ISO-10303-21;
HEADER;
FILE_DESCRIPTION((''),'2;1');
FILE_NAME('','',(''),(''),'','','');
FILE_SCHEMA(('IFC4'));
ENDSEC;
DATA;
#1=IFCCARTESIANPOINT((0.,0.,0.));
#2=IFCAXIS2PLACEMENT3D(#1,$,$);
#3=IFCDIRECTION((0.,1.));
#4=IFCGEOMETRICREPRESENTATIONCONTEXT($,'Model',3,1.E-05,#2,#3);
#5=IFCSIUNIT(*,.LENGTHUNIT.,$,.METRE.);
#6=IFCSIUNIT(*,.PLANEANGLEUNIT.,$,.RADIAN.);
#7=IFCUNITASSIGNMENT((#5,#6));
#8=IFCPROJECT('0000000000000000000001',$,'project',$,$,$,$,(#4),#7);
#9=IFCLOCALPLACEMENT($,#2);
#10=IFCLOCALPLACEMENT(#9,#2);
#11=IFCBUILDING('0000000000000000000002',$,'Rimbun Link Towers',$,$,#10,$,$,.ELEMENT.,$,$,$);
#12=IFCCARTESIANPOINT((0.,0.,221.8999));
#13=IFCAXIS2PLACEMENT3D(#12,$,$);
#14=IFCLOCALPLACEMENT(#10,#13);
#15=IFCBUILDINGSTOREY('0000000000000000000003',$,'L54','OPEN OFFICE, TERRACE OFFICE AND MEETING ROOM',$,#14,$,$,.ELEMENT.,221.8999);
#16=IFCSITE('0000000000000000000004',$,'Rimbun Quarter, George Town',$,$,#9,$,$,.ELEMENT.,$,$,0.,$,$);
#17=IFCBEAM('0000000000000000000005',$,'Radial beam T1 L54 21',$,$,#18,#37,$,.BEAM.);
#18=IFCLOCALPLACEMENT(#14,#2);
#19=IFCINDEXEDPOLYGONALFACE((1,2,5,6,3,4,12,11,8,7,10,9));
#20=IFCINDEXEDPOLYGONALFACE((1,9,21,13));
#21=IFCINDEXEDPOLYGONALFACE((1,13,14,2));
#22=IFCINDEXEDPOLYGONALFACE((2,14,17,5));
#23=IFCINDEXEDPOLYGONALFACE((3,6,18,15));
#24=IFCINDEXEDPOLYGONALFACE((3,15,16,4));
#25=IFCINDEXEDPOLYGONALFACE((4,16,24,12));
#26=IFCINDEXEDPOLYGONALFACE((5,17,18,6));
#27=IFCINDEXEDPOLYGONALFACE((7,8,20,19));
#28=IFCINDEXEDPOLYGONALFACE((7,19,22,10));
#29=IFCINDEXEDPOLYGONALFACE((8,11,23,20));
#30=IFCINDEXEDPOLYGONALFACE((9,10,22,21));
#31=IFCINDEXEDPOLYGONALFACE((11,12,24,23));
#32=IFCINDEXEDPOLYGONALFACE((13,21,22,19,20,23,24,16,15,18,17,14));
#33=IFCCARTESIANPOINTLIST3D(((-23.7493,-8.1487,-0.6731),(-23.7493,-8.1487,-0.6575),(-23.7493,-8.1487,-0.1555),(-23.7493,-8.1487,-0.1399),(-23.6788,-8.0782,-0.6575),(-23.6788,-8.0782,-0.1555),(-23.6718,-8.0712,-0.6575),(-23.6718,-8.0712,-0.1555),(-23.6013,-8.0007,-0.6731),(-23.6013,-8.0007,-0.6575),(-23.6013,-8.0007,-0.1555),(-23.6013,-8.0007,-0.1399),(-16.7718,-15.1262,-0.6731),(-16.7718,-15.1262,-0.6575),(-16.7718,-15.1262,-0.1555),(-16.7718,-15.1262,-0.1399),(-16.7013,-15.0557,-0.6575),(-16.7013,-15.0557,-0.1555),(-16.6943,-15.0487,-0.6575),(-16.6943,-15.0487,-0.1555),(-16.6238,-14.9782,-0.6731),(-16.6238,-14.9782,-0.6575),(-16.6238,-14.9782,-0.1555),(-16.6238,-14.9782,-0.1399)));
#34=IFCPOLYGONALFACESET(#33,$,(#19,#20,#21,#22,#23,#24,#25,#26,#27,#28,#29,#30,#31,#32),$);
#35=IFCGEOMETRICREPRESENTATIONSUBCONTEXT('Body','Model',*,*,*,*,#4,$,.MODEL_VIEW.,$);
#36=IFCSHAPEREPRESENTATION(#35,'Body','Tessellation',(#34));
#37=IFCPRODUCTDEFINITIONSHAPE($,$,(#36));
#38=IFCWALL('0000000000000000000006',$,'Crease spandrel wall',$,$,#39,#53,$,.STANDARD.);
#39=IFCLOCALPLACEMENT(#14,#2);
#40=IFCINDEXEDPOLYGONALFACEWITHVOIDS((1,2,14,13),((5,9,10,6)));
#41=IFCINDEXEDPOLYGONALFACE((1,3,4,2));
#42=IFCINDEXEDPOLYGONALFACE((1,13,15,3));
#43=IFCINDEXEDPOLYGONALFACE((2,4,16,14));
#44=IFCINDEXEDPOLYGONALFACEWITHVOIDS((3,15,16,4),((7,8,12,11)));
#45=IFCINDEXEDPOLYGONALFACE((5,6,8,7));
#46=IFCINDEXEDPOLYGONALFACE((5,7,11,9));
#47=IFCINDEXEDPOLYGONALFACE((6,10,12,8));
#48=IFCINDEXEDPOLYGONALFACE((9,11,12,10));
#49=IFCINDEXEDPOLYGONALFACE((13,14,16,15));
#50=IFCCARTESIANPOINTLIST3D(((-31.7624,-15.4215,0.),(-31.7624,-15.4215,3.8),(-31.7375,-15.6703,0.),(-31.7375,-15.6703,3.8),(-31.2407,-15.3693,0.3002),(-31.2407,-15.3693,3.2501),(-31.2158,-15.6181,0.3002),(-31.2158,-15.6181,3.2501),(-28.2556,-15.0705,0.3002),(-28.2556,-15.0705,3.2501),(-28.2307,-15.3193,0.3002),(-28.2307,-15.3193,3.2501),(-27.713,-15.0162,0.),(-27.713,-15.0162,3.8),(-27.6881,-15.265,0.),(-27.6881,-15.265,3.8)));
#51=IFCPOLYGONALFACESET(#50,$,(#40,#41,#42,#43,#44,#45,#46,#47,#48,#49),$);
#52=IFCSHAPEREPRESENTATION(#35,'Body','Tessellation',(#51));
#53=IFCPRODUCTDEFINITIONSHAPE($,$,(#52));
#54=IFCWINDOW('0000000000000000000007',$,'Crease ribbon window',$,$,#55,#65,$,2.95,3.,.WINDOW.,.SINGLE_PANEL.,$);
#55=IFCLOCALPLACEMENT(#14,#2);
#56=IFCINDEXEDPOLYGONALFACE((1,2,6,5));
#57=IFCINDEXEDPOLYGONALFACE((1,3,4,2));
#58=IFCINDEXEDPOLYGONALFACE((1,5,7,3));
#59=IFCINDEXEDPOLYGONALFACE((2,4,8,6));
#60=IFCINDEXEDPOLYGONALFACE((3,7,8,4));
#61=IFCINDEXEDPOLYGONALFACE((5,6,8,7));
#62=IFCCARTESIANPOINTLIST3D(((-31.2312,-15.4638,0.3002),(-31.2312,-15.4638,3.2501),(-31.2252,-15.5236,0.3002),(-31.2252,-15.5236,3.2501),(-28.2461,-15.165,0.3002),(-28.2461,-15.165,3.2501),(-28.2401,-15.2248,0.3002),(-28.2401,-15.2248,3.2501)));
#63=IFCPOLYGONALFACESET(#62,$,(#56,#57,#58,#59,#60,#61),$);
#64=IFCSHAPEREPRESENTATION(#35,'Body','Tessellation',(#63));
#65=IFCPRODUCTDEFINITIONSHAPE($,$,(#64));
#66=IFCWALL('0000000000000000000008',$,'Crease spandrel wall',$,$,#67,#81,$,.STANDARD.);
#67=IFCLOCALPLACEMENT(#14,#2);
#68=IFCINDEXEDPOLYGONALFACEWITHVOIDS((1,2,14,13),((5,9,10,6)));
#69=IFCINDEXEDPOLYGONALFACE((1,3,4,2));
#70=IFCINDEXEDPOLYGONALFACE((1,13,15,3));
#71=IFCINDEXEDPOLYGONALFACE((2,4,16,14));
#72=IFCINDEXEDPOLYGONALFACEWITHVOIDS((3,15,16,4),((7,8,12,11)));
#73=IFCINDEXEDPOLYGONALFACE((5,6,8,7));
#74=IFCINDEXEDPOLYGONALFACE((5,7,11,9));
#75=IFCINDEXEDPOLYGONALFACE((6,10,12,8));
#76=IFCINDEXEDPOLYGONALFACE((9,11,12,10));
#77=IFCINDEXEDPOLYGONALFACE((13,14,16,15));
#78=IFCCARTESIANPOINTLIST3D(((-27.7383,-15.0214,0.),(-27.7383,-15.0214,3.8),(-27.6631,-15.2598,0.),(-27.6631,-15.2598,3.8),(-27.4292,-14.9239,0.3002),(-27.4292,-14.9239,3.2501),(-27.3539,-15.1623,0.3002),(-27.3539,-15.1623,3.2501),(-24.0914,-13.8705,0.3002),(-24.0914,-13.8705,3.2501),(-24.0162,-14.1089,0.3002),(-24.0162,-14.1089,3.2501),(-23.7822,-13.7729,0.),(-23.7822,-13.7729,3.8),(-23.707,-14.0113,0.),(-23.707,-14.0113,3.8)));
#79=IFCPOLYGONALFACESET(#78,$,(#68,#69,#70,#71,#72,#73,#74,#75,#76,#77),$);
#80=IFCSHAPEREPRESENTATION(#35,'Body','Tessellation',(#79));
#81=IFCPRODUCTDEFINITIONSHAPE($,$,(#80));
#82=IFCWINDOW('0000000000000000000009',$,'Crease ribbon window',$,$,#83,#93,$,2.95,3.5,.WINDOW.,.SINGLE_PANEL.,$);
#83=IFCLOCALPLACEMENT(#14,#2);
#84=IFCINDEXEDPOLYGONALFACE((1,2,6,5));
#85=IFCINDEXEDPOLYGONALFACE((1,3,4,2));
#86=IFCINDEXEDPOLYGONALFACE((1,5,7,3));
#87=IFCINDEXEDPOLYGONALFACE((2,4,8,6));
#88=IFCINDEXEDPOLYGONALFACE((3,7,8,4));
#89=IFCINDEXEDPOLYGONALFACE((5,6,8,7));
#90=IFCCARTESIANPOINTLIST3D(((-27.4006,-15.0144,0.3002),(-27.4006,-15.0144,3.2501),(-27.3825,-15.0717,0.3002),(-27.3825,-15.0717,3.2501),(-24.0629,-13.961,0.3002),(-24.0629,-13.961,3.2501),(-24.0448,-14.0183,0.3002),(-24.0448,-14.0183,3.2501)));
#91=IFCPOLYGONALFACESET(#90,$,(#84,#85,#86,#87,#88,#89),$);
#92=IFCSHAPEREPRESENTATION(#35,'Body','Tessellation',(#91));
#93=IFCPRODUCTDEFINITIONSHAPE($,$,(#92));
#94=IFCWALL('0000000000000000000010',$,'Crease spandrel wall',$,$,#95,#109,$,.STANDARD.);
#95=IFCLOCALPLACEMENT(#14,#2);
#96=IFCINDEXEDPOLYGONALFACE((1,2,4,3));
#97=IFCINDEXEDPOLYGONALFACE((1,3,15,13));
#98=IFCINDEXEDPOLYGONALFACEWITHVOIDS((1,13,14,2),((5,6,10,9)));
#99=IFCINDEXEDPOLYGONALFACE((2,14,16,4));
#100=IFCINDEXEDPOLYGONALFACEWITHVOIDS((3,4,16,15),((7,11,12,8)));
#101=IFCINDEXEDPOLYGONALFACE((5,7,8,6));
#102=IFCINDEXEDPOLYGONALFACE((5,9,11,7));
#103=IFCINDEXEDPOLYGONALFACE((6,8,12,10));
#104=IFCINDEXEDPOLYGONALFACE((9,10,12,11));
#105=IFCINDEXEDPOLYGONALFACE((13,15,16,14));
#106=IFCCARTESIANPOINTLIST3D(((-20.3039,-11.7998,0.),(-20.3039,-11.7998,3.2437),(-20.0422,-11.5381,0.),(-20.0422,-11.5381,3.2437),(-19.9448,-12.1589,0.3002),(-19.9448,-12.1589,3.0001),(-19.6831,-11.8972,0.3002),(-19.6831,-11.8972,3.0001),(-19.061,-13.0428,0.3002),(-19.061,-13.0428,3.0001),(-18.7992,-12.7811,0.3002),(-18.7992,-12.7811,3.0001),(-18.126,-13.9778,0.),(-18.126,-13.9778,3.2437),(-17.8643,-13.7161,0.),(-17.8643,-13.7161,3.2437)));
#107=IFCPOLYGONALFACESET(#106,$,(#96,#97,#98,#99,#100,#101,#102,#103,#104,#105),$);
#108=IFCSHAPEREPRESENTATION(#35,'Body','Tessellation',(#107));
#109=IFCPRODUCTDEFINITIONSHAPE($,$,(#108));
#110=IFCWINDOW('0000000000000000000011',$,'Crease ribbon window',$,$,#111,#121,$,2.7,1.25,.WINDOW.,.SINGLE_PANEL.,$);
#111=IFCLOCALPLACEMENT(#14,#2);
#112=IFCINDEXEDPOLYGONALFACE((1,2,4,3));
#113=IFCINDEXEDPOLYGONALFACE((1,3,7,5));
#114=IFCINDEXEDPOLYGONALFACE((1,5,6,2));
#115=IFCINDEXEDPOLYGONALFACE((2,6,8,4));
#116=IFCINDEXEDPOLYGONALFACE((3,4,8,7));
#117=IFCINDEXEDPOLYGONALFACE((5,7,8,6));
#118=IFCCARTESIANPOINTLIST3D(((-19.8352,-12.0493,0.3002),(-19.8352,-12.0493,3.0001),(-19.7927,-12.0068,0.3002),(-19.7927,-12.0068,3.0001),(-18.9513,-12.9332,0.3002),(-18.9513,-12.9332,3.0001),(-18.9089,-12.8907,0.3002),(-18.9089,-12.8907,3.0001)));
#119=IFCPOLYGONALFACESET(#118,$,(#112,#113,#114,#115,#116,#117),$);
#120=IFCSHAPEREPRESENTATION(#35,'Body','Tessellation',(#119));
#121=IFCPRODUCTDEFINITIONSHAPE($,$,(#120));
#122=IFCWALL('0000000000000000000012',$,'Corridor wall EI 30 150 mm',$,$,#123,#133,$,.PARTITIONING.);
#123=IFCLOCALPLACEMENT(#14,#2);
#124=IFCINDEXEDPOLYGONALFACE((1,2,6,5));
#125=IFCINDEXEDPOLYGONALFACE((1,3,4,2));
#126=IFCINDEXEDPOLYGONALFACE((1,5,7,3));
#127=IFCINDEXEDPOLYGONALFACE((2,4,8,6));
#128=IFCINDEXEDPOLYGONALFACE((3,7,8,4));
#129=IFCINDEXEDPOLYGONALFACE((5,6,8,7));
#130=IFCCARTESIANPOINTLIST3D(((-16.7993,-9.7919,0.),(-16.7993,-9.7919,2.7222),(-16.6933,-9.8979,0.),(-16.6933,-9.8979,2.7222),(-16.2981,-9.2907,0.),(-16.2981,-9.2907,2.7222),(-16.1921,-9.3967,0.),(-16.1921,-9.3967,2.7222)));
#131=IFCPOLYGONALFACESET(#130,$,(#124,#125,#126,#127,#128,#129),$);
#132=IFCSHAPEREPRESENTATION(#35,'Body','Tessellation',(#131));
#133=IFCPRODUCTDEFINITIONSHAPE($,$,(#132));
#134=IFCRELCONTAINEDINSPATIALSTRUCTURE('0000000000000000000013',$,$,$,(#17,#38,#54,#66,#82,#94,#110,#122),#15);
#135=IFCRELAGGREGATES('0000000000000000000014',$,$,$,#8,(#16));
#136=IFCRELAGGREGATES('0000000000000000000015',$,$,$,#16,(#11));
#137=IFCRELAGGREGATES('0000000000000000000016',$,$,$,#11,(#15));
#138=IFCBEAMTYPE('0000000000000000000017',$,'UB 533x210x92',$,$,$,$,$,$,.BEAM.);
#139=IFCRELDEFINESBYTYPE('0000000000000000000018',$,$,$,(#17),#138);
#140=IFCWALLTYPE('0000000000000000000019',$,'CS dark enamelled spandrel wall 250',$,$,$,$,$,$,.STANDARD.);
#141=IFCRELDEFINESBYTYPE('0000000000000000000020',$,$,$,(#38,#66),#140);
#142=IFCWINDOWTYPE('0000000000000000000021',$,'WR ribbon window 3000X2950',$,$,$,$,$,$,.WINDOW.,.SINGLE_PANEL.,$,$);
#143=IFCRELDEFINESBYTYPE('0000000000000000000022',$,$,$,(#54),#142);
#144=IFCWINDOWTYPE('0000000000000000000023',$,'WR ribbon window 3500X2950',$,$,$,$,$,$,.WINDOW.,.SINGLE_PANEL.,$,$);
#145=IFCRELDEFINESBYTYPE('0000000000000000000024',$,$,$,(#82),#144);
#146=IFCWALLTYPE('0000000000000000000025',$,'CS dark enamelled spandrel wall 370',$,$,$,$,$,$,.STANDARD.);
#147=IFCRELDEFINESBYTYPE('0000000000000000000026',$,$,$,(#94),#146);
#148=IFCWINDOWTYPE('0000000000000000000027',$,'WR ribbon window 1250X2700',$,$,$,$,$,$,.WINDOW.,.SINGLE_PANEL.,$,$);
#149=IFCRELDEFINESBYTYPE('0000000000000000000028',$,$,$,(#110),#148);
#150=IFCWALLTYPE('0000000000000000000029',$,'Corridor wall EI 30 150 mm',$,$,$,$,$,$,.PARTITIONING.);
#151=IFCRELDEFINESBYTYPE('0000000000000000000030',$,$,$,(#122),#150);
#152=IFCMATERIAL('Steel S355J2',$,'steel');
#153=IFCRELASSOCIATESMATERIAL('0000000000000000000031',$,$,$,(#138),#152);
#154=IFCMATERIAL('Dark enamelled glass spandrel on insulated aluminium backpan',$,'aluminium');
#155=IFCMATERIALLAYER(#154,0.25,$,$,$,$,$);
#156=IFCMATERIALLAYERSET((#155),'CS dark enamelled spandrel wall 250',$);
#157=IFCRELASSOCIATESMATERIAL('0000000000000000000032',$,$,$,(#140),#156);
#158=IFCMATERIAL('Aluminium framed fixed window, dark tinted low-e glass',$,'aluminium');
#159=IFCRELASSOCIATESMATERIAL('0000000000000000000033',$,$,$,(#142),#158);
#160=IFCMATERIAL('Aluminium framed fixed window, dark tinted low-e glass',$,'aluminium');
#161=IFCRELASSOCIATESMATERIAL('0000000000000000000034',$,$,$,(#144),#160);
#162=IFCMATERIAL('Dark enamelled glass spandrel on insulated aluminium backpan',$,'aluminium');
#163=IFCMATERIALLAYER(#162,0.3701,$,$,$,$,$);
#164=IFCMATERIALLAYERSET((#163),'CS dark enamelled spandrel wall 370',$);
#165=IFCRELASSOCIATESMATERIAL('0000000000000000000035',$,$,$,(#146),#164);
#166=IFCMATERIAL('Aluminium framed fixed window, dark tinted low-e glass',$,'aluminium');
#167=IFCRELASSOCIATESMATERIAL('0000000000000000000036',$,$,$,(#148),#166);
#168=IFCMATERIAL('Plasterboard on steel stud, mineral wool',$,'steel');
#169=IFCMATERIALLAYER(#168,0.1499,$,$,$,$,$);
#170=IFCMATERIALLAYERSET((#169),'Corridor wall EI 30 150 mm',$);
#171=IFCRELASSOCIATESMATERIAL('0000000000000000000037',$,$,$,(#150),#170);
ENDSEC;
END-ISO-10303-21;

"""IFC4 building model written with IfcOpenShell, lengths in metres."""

from ifc_helpers import new_model, si_unit, direction, frame, frame_2d, origin, origin_2d, place, context, subcontext, project, spatial, rectangle, i_section, extrude, material, layer, layer_set, material_profile, profile_set, type_object, element, fill, save


model = new_model("IFC4")

# Units and contexts
model_context = context("Model", 3, precision=1e-05, world=origin(), true_north=direction((0.0, 1.0)))
body_context = subcontext(model_context, "Body", "Model", "MODEL_VIEW")
ifc_project = project(units=[si_unit("LENGTHUNIT", "METRE"), si_unit("PLANEANGLEUNIT", "RADIAN")], contexts=[model_context])

# Site, building, storey
site_placement = place(None, origin())
site = spatial("IfcSite", under=ifc_project, at=site_placement, Name="Rimbun Quarter, George Town", CompositionType="ELEMENT", RefElevation=0.0)
building_placement = place(site_placement, origin())
building = spatial("IfcBuilding", under=site, at=building_placement, Name="Rimbun Link Towers", CompositionType="ELEMENT")
storey_placement = place(building_placement, frame((0.0, 0.0, 221.8999)))
storey = spatial("IfcBuildingStorey", under=building, at=storey_placement, Name="L54", Description="OPEN OFFICE, TERRACE OFFICE AND MEETING ROOM", CompositionType="ELEMENT", Elevation=221.8999)

# Beam
ifc_material_1 = material(Name="Steel S355J2", Category="steel")
ifc_material_profile_1 = material_profile(ifc_material_1, i_section(OverallWidth=0.2092, OverallDepth=0.5332, WebThickness=0.01, FlangeThickness=0.0156, at=origin_2d()), Name="UB 533x210x92")
ifc_profile_set_1 = profile_set([ifc_material_profile_1], Name="Steel S355J2")
beam_type_1 = type_object("IfcBeamType", Name="UB 533x210x92", PredefinedType="BEAM", material=ifc_profile_set_1)
beam_1_placement = place(storey_placement, frame((-23.6753, -8.0747, -0.4065), z_axis=(0.707107, -0.707107, 0.0), x_axis=(0.707107, 0.707107, 0.0)))
element("IfcBeam", 1, at=beam_1_placement, inside=storey, type_object=beam_type_1, Name="Radial beam T1 L54 21", PredefinedType="BEAM", context=body_context, shape_type="SweptSolid", body=[
    extrude(i_section(OverallWidth=0.2092, OverallDepth=0.5332, WebThickness=0.01, FlangeThickness=0.0156, at=origin_2d()), origin(), (0.0, 0.0, 1.0), 9.8677),
])

# Walls, openings, windows
ifc_material_2 = material(Name="Dark enamelled glass spandrel on insulated aluminium backpan", Category="aluminium")
ifc_layer_1 = layer(ifc_material_2, 0.25)
ifc_layer_set_1 = layer_set([ifc_layer_1], Name="CS dark enamelled spandrel wall 250")
wall_type_1 = type_object("IfcWallType", Name="CS dark enamelled spandrel wall 250", PredefinedType="STANDARD", material=ifc_layer_set_1)
wall_1_placement = place(storey_placement, frame((-27.7007, -15.1406, 0.0), z_axis=(0.0, 0.0, 1.0), x_axis=(-0.995029, -0.099587, 0.0)))
wall_1 = element("IfcWall", 2, at=wall_1_placement, inside=storey, type_object=wall_type_1, Name="Crease spandrel wall", PredefinedType="STANDARD", context=body_context, shape_type="SweptSolid", body=[
    extrude(rectangle(XDim=4.0696, YDim=0.25, at=frame_2d((2.0347, 0.0))), origin(), (0.0, 0.0, 1.0), 3.8),
])
opening_1_placement = place(wall_1_placement, frame((0.5452, 0.0, 0.3)))
opening_1 = element("IfcOpeningElement", 3, at=opening_1_placement, cuts=wall_1, PredefinedType="OPENING", context=body_context, shape_type="SweptSolid", body=[
    extrude(rectangle(XDim=3.0, YDim=2.95, at=frame_2d((1.5, 1.4751))), frame((0.0, 0.135, 0.0), z_axis=(0.0, -1.0, 0.0), x_axis=(1.0, 0.0, 0.0)), (0.0, 0.0, 1.0), 0.27),
])
ifc_material_3 = material(Name="Aluminium framed fixed window, dark tinted low-e glass", Category="aluminium")
window_type_1 = type_object("IfcWindowType", Name="WR ribbon window 3000X2950", PartitioningType="SINGLE_PANEL", PredefinedType="WINDOW", material=ifc_material_3)
window_1_placement = place(opening_1_placement, origin())
window_1 = element("IfcWindow", 4, at=window_1_placement, inside=storey, type_object=window_type_1, Name="Crease ribbon window", OverallHeight=2.95, OverallWidth=3.0, PartitioningType="SINGLE_PANEL", PredefinedType="WINDOW", context=body_context, shape_type="SweptSolid", body=[
    extrude(rectangle(XDim=3.0, YDim=2.95, at=frame_2d((1.5, 1.4751))), frame((0.0, 0.03, 0.0), z_axis=(0.0, -1.0, 0.0), x_axis=(1.0, 0.0, 0.0)), (0.0, 0.0, 1.0), 0.0601),
])
fill(opening_1, window_1)
wall_2_placement = place(storey_placement, frame((-23.7446, -13.8921, 0.0), z_axis=(0.0, 0.0, 1.0), x_axis=(-0.953634, -0.300968, 0.0)))
wall_2 = element("IfcWall", 5, at=wall_2_placement, inside=storey, type_object=wall_type_1, Name="Crease spandrel wall", PredefinedType="STANDARD", context=body_context, shape_type="SweptSolid", body=[
    extrude(rectangle(XDim=4.1484, YDim=0.25, at=frame_2d((2.0742, 0.0))), origin(), (0.0, 0.0, 1.0), 3.8),
])
opening_2_placement = place(wall_2_placement, frame((0.3242, 0.0, 0.3)))
opening_2 = element("IfcOpeningElement", 6, at=opening_2_placement, cuts=wall_2, PredefinedType="OPENING", context=body_context, shape_type="SweptSolid", body=[
    extrude(rectangle(XDim=3.5, YDim=2.95, at=frame_2d((1.75, 1.4751))), frame((0.0, 0.135, 0.0), z_axis=(0.0, -1.0, 0.0), x_axis=(1.0, 0.0, 0.0)), (0.0, 0.0, 1.0), 0.27),
])
ifc_material_4 = material(Name="Aluminium framed fixed window, dark tinted low-e glass", Category="aluminium")
window_type_2 = type_object("IfcWindowType", Name="WR ribbon window 3500X2950", PartitioningType="SINGLE_PANEL", PredefinedType="WINDOW", material=ifc_material_4)
window_2_placement = place(opening_2_placement, origin())
window_2 = element("IfcWindow", 7, at=window_2_placement, inside=storey, type_object=window_type_2, Name="Crease ribbon window", OverallHeight=2.95, OverallWidth=3.5, PartitioningType="SINGLE_PANEL", PredefinedType="WINDOW", context=body_context, shape_type="SweptSolid", body=[
    extrude(rectangle(XDim=3.5, YDim=2.95, at=frame_2d((1.75, 1.4751))), frame((0.0, 0.03, 0.0), z_axis=(0.0, -1.0, 0.0), x_axis=(1.0, 0.0, 0.0)), (0.0, 0.0, 1.0), 0.0601),
])
fill(opening_2, window_2)

# Wall, opening, window
ifc_material_5 = material(Name="Dark enamelled glass spandrel on insulated aluminium backpan", Category="aluminium")
ifc_layer_2 = layer(ifc_material_5, 0.3701)
ifc_layer_set_2 = layer_set([ifc_layer_2], Name="CS dark enamelled spandrel wall 370")
wall_type_2 = type_object("IfcWallType", Name="CS dark enamelled spandrel wall 370", PredefinedType="STANDARD", material=ifc_layer_set_2)
wall_3_placement = place(storey_placement, frame((-17.9951, -13.8469, 0.0), z_axis=(0.0, 0.0, 1.0), x_axis=(-0.707107, 0.707107, 0.0)))
wall_3 = element("IfcWall", 8, at=wall_3_placement, inside=storey, type_object=wall_type_2, Name="Crease spandrel wall", PredefinedType="STANDARD", context=body_context, shape_type="SweptSolid", body=[
    extrude(rectangle(XDim=3.0801, YDim=0.3701, at=frame_2d((1.54, 0.0))), origin(), (0.0, 0.0, 1.0), 3.2437),
])
opening_3_placement = place(wall_3_placement, frame((1.3223, 0.0, 0.3)))
opening_3 = element("IfcOpeningElement", 9, at=opening_3_placement, cuts=wall_3, PredefinedType="OPENING", context=body_context, shape_type="SweptSolid", body=[
    extrude(rectangle(XDim=1.25, YDim=2.7, at=frame_2d((0.625, 1.3501))), frame((0.0, 0.1951, 0.0), z_axis=(0.0, -1.0, 0.0), x_axis=(1.0, 0.0, 0.0)), (0.0, 0.0, 1.0), 0.3901),
])
ifc_material_6 = material(Name="Aluminium framed fixed window, dark tinted low-e glass", Category="aluminium")
window_type_3 = type_object("IfcWindowType", Name="WR ribbon window 1250X2700", PartitioningType="SINGLE_PANEL", PredefinedType="WINDOW", material=ifc_material_6)
window_3_placement = place(opening_3_placement, origin())
window_3 = element("IfcWindow", 10, at=window_3_placement, inside=storey, type_object=window_type_3, Name="Crease ribbon window", OverallHeight=2.7, OverallWidth=1.25, PartitioningType="SINGLE_PANEL", PredefinedType="WINDOW", context=body_context, shape_type="SweptSolid", body=[
    extrude(rectangle(XDim=1.25, YDim=2.7, at=frame_2d((0.625, 1.3501))), frame((0.0, 0.03, 0.0), z_axis=(0.0, -1.0, 0.0), x_axis=(1.0, 0.0, 0.0)), (0.0, 0.0, 1.0), 0.0601),
])
fill(opening_3, window_3)

# Wall
ifc_material_7 = material(Name="Plasterboard on steel stud, mineral wool", Category="steel")
ifc_layer_3 = layer(ifc_material_7, 0.1499)
ifc_layer_set_3 = layer_set([ifc_layer_3], Name="Corridor wall EI 30 150 mm")
wall_type_3 = type_object("IfcWallType", Name="Corridor wall EI 30 150 mm", PredefinedType="PARTITIONING", material=ifc_layer_set_3)
wall_4_placement = place(storey_placement, frame((-16.7463, -9.845, 0.0), z_axis=(0.0, 0.0, 1.0), x_axis=(0.707107, 0.707107, 0.0)))
element("IfcWall", 11, at=wall_4_placement, inside=storey, type_object=wall_type_3, Name="Corridor wall EI 30 150 mm", PredefinedType="PARTITIONING", context=body_context, shape_type="SweptSolid", body=[
    extrude(rectangle(XDim=0.7087, YDim=0.1499, at=frame_2d((0.3545, 0.0))), origin(), (0.0, 0.0, 1.0), 2.7222),
])

save(model, "model.ifc")
